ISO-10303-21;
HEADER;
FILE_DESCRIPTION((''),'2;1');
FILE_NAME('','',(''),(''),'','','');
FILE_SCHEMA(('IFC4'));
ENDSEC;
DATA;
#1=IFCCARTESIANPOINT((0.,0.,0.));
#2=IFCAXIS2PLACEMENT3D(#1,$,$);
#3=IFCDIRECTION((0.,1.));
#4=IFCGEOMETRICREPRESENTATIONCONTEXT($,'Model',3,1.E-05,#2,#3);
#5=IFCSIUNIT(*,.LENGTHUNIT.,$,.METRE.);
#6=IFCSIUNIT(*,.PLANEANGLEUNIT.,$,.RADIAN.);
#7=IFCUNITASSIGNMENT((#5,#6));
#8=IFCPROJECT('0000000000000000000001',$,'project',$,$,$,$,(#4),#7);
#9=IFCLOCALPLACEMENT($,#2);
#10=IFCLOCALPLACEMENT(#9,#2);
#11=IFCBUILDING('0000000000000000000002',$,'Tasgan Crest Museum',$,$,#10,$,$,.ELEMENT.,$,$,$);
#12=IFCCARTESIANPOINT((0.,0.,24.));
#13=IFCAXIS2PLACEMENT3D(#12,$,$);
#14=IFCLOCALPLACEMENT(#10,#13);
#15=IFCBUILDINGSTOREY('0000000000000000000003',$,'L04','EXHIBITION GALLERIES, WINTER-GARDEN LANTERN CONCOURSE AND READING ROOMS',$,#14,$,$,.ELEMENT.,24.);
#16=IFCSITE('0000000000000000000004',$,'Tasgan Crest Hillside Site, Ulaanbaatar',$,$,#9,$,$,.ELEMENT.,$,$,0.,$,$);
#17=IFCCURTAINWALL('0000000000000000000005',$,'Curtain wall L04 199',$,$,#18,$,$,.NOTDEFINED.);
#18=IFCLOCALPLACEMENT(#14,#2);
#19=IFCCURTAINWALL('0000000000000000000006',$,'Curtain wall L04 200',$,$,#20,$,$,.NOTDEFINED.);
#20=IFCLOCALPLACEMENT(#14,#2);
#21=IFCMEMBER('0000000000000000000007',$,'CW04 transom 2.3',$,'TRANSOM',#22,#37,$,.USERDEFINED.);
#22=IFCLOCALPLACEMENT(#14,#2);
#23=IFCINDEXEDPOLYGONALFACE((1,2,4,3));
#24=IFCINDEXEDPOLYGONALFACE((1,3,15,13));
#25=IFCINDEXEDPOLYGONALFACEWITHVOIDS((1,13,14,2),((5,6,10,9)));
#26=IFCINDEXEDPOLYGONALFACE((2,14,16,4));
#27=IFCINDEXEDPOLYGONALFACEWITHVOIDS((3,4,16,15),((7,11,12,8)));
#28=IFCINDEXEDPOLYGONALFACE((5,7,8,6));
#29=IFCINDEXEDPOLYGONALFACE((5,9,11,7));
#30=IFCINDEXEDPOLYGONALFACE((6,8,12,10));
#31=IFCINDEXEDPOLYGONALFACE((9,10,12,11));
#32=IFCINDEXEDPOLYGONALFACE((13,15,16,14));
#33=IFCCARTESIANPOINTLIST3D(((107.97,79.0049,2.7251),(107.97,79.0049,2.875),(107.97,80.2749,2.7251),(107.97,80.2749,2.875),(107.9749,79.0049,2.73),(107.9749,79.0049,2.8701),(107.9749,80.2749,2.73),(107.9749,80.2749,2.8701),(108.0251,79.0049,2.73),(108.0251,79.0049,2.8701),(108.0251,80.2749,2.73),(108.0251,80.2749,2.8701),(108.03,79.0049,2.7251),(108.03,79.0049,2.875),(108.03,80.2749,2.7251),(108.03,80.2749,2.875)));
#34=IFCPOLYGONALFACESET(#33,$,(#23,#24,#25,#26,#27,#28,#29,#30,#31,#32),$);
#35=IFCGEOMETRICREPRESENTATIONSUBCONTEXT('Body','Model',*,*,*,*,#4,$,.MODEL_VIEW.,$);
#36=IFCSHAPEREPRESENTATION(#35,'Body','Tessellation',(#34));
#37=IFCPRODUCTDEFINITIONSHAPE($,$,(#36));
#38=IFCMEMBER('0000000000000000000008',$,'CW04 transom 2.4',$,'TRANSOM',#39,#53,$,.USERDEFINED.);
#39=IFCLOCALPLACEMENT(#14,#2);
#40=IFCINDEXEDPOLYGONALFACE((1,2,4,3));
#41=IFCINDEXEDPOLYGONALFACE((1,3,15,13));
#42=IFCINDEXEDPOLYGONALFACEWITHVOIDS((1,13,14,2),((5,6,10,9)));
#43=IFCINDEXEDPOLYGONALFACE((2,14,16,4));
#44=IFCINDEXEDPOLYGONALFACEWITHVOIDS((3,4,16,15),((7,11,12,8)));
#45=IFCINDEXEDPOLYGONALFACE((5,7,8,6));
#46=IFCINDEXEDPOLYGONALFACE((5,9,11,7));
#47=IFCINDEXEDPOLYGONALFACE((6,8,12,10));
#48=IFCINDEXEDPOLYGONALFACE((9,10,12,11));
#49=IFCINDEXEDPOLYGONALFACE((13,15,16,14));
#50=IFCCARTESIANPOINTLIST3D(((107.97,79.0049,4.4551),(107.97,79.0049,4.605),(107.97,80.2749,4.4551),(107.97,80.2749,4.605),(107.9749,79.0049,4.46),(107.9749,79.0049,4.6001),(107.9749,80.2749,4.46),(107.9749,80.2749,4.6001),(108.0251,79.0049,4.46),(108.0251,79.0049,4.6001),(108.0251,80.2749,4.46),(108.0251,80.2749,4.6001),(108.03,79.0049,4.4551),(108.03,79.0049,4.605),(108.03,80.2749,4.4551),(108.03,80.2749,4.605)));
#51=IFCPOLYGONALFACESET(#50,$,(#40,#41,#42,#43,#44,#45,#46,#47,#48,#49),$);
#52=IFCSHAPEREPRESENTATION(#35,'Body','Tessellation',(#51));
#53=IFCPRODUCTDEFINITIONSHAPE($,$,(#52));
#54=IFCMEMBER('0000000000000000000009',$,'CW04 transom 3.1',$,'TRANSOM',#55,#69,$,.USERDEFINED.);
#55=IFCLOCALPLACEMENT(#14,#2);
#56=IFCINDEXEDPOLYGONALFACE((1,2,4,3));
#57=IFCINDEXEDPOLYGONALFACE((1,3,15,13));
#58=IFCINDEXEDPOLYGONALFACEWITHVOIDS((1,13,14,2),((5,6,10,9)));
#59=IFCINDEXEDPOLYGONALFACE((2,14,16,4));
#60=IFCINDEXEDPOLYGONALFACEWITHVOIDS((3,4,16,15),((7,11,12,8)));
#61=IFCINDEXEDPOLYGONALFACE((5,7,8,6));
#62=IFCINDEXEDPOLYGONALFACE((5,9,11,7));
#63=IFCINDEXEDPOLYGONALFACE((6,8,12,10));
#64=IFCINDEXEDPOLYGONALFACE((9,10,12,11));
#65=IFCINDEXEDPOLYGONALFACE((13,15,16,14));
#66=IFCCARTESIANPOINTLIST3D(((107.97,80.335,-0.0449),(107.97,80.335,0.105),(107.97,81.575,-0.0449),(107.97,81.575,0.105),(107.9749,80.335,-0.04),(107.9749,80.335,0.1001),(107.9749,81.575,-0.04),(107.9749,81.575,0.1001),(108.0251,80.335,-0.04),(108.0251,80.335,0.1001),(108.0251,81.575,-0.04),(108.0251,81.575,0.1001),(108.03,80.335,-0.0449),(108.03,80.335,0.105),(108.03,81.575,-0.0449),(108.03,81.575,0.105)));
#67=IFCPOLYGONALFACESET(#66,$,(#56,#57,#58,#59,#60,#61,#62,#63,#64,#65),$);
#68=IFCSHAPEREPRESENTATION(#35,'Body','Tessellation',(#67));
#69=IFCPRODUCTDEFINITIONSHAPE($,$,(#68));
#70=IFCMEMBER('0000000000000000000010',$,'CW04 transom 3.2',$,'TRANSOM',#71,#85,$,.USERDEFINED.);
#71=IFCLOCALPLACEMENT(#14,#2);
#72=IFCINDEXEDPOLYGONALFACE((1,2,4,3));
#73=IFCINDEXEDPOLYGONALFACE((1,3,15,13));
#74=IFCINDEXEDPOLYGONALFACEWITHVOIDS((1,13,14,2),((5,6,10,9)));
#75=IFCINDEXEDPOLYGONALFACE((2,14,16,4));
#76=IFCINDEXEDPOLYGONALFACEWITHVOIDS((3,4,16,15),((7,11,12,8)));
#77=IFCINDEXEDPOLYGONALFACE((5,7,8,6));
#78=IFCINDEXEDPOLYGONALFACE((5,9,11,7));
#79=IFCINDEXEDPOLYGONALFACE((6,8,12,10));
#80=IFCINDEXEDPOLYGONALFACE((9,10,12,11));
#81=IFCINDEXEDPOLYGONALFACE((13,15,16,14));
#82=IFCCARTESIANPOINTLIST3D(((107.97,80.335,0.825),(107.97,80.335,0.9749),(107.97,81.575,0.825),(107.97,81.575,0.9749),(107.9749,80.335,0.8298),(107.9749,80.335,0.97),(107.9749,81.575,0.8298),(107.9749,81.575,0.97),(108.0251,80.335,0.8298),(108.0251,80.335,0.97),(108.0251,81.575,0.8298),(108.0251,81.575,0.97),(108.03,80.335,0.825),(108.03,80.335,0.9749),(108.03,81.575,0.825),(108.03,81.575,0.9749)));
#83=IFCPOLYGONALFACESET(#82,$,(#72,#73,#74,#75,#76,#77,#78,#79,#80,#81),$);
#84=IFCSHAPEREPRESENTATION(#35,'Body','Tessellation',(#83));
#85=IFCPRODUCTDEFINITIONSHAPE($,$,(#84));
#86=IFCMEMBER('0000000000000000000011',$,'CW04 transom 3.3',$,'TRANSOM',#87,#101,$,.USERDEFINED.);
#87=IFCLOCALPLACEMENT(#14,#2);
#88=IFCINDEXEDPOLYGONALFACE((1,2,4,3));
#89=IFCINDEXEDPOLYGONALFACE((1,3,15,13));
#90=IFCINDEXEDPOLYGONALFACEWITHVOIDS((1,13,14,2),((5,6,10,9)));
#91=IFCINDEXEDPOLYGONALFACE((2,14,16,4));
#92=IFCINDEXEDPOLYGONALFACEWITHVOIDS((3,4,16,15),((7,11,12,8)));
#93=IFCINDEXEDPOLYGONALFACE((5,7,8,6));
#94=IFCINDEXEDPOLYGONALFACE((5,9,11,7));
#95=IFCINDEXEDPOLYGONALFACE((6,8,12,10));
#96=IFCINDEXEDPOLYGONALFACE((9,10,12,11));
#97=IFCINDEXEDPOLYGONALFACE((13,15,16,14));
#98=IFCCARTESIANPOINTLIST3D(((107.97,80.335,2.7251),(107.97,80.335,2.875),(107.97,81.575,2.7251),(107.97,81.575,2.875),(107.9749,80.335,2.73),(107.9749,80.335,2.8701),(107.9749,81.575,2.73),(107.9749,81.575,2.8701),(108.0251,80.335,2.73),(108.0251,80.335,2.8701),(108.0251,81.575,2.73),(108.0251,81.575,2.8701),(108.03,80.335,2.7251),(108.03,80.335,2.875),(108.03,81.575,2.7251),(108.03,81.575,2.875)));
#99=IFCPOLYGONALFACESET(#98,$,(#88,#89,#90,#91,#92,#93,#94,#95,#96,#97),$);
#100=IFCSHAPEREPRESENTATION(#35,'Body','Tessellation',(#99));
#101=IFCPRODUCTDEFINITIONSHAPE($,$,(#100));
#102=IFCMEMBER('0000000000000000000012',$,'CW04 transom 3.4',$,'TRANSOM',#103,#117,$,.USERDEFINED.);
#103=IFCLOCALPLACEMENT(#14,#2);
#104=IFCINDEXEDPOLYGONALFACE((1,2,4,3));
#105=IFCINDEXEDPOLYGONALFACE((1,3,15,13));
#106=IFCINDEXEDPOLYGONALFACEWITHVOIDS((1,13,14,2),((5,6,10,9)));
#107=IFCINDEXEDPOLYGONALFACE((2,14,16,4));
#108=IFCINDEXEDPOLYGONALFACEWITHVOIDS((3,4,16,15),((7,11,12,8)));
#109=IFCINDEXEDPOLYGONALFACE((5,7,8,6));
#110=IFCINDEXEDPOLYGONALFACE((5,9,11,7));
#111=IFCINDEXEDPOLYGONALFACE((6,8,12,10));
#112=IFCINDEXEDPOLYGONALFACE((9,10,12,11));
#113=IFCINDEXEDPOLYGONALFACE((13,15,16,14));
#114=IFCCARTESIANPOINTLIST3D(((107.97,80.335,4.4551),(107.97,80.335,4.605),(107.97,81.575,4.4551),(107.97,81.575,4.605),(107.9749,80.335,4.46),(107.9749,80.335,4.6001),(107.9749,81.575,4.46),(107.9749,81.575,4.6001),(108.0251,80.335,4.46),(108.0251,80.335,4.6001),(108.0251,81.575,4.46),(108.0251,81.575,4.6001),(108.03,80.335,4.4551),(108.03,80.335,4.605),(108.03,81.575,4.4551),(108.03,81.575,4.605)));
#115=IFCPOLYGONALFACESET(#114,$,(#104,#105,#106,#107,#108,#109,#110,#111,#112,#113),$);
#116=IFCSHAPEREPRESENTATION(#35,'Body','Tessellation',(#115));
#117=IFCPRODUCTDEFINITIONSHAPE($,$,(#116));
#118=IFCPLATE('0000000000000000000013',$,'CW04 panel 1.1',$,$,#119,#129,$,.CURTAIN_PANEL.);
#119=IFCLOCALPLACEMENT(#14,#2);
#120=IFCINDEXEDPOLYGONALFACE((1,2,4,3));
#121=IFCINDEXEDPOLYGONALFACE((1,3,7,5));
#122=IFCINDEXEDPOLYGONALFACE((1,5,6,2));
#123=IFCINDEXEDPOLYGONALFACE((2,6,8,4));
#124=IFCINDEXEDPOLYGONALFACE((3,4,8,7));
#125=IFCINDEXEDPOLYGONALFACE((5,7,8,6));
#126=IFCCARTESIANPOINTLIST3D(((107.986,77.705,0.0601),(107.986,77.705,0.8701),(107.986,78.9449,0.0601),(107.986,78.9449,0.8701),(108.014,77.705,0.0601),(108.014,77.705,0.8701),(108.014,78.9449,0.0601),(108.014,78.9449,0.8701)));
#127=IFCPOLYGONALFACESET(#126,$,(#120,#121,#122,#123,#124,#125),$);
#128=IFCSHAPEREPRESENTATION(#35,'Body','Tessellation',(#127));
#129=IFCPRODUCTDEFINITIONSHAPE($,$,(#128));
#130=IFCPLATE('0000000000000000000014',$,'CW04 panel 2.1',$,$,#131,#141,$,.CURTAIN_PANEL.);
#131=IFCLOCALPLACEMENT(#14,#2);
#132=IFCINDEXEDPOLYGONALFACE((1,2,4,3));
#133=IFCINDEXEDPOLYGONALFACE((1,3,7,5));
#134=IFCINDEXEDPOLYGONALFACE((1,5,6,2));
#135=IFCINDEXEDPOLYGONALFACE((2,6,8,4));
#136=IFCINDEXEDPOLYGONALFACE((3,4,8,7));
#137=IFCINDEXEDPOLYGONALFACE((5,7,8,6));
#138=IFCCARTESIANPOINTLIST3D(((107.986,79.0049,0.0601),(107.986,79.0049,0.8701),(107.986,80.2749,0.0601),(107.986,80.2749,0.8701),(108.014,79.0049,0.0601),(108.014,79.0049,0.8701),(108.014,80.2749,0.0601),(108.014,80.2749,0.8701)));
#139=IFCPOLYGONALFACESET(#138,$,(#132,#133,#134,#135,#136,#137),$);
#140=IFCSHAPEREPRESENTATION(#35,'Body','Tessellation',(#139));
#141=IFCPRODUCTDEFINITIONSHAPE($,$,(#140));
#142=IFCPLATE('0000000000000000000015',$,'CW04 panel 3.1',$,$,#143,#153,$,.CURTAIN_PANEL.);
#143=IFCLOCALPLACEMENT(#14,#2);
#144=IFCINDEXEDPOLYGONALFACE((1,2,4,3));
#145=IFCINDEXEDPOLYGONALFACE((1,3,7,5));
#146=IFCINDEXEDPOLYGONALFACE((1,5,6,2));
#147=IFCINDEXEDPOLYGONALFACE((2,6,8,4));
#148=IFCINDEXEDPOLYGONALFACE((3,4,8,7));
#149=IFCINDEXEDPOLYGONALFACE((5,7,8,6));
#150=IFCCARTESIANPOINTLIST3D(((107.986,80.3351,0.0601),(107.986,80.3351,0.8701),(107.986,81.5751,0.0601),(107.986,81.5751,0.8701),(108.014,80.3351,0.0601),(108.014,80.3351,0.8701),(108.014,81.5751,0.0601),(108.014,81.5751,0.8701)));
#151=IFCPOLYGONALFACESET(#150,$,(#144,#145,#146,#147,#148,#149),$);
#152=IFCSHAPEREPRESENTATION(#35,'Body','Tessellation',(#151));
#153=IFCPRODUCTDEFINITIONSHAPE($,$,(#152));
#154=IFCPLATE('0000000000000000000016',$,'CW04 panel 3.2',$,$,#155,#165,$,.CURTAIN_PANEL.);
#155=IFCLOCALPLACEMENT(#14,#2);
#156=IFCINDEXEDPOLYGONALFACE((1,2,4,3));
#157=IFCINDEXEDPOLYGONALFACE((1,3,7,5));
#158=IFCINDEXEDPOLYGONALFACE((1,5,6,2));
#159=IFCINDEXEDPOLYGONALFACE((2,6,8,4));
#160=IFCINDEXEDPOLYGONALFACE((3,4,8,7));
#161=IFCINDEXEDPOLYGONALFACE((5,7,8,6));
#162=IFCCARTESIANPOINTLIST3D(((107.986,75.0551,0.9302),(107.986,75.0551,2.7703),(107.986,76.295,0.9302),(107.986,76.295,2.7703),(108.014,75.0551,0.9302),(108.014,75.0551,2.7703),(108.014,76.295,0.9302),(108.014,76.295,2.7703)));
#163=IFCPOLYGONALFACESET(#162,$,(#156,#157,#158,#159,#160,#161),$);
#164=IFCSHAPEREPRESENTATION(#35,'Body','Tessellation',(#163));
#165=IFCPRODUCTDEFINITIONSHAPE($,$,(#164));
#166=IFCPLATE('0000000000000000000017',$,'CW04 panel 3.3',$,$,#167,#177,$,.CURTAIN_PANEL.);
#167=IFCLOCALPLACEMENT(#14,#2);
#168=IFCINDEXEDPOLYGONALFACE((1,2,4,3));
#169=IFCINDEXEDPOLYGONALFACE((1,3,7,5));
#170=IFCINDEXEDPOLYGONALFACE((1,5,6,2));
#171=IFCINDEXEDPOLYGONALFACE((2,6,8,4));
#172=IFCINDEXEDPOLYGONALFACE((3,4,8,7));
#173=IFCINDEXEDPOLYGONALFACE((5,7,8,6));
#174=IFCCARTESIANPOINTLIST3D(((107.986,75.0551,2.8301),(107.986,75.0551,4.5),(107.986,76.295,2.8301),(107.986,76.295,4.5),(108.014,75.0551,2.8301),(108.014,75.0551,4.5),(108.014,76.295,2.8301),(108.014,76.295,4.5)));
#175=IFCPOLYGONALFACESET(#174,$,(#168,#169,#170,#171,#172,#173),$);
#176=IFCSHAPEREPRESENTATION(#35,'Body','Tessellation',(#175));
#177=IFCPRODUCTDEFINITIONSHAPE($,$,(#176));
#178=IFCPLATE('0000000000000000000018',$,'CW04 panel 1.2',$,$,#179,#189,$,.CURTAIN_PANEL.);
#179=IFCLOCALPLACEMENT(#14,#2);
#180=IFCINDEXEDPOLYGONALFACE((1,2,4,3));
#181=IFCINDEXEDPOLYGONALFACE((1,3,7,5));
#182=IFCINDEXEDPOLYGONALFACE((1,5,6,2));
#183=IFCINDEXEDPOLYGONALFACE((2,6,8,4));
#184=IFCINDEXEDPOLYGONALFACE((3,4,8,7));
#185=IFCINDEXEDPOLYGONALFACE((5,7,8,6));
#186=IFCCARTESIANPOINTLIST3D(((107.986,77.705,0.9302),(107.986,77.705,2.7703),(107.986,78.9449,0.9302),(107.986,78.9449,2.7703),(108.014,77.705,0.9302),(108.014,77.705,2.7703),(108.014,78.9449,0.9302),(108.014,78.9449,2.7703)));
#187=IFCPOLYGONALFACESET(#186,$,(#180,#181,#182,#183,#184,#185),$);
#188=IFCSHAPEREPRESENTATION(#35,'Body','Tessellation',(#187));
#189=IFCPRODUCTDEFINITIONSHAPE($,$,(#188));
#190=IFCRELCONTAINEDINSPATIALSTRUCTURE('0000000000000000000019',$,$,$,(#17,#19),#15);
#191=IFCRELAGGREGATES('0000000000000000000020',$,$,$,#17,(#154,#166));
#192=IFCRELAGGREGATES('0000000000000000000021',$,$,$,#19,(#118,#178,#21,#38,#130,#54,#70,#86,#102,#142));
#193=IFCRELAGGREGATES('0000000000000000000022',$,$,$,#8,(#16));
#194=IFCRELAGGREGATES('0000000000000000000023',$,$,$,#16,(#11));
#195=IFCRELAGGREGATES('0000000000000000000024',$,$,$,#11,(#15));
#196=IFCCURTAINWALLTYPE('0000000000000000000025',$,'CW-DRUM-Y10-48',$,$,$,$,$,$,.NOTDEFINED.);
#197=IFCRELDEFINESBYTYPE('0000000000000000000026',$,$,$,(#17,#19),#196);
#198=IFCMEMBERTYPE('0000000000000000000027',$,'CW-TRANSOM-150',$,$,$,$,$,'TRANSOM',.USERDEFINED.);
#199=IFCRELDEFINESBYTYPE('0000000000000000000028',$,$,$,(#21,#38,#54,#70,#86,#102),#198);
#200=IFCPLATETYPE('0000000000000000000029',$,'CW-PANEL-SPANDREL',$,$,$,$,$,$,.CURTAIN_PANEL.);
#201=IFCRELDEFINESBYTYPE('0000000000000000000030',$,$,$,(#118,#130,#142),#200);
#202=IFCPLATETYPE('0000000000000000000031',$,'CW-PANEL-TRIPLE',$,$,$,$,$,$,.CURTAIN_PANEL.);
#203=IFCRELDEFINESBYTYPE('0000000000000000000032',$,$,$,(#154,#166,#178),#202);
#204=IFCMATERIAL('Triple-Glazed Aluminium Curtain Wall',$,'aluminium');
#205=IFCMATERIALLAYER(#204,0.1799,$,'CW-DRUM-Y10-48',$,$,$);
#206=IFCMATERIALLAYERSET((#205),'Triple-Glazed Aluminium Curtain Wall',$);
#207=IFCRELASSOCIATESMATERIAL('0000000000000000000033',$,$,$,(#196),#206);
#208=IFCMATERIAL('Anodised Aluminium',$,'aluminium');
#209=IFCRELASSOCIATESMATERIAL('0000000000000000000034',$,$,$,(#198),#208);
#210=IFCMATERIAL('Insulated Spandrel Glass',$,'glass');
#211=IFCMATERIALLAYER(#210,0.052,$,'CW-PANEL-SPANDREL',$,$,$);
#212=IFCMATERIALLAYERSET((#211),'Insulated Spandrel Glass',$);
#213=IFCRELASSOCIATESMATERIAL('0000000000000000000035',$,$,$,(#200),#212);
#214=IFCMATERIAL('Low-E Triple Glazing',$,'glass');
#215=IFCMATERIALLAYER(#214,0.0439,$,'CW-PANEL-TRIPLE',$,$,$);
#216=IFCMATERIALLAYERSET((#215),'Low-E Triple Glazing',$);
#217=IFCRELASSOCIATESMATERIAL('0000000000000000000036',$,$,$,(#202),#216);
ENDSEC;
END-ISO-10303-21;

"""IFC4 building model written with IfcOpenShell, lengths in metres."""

from ifc_helpers import new_model, si_unit, direction, frame, origin, origin_2d, place, context, subcontext, project, spatial, rectangle, hollow_rectangle, extrude, material, layer, layer_set, material_profile, profile_set, type_object, element, aggregate, save


model = new_model("IFC4")

# Units and contexts
model_context = context("Model", 3, precision=1e-05, world=origin(), true_north=direction((0.0, 1.0)))
body_context = subcontext(model_context, "Body", "Model", "MODEL_VIEW")
ifc_project = project(units=[si_unit("LENGTHUNIT", "METRE"), si_unit("PLANEANGLEUNIT", "RADIAN")], contexts=[model_context])

# Site, building, storey
site_placement = place(None, origin())
site = spatial("IfcSite", under=ifc_project, at=site_placement, Name="Tasgan Crest Hillside Site, Ulaanbaatar", CompositionType="ELEMENT", RefElevation=0.0)
building_placement = place(site_placement, origin())
building = spatial("IfcBuilding", under=site, at=building_placement, Name="Tasgan Crest Museum", CompositionType="ELEMENT")
storey_placement = place(building_placement, frame((0.0, 0.0, 24.0)))
storey = spatial("IfcBuildingStorey", under=building, at=storey_placement, Name="L04", Description="EXHIBITION GALLERIES, WINTER-GARDEN LANTERN CONCOURSE AND READING ROOMS", CompositionType="ELEMENT", Elevation=24.0)

# Curtain wall
ifc_material_1 = material(Name="Triple-Glazed Aluminium Curtain Wall", Category="aluminium")
ifc_layer_1 = layer(ifc_material_1, 0.1799, Name="CW-DRUM-Y10-48")
ifc_layer_set_1 = layer_set([ifc_layer_1], Name="Triple-Glazed Aluminium Curtain Wall")
curtain_wall_type = type_object("IfcCurtainWallType", Name="CW-DRUM-Y10-48", PredefinedType="NOTDEFINED", material=ifc_layer_set_1)
curtain_wall_1_placement = place(storey_placement, origin())
curtain_wall_1 = element("IfcCurtainWall", 1, at=curtain_wall_1_placement, inside=storey, type_object=curtain_wall_type, Name="Curtain wall L04 199", PredefinedType="NOTDEFINED")

# Curtain wall, members, plates
curtain_wall_2_placement = place(storey_placement, origin())
curtain_wall_2 = element("IfcCurtainWall", 2, at=curtain_wall_2_placement, inside=storey, type_object=curtain_wall_type, Name="Curtain wall L04 200", PredefinedType="NOTDEFINED")
ifc_material_2 = material(Name="Anodised Aluminium", Category="aluminium")
ifc_material_profile_1 = material_profile(ifc_material_2, hollow_rectangle(XDim=0.0601, YDim=0.1499, WallThickness=0.0049, at=origin_2d()), Name="ALU TRANSOM 150x60x5")
ifc_profile_set_1 = profile_set([ifc_material_profile_1], Name="Anodised Aluminium")
member_type_1 = type_object("IfcMemberType", Name="CW-TRANSOM-150", ElementType="TRANSOM", PredefinedType="USERDEFINED", material=ifc_profile_set_1)
member_1_placement = place(storey_placement, frame((108.0, 79.0049, 2.8), z_axis=(0.0, 1.0, 0.0), x_axis=(-1.0, 0.0, 0.0)))
member_1 = element("IfcMember", 3, at=member_1_placement, type_object=member_type_1, Name="CW04 transom 2.3", ObjectType="TRANSOM", PredefinedType="USERDEFINED", context=body_context, shape_type="SweptSolid", body=[
    extrude(hollow_rectangle(XDim=0.0601, YDim=0.1499, WallThickness=0.0049, at=origin_2d()), origin(), (0.0, 0.0, 1.0), 1.27),
])
member_2_placement = place(storey_placement, frame((108.0, 79.0049, 4.53), z_axis=(0.0, 1.0, 0.0), x_axis=(-1.0, 0.0, 0.0)))
member_2 = element("IfcMember", 4, at=member_2_placement, type_object=member_type_1, Name="CW04 transom 2.4", ObjectType="TRANSOM", PredefinedType="USERDEFINED", context=body_context, shape_type="SweptSolid", body=[
    extrude(hollow_rectangle(XDim=0.0601, YDim=0.1499, WallThickness=0.0049, at=origin_2d()), origin(), (0.0, 0.0, 1.0), 1.27),
])
member_3_placement = place(storey_placement, frame((108.0, 80.335, 0.03), z_axis=(0.0, 1.0, 0.0), x_axis=(-1.0, 0.0, 0.0)))
member_3 = element("IfcMember", 5, at=member_3_placement, type_object=member_type_1, Name="CW04 transom 3.1", ObjectType="TRANSOM", PredefinedType="USERDEFINED", context=body_context, shape_type="SweptSolid", body=[
    extrude(hollow_rectangle(XDim=0.0601, YDim=0.1499, WallThickness=0.0049, at=origin_2d()), origin(), (0.0, 0.0, 1.0), 1.24),
])
member_4_placement = place(storey_placement, frame((108.0, 80.335, 0.8999), z_axis=(0.0, 1.0, 0.0), x_axis=(-1.0, 0.0, 0.0)))
member_4 = element("IfcMember", 6, at=member_4_placement, type_object=member_type_1, Name="CW04 transom 3.2", ObjectType="TRANSOM", PredefinedType="USERDEFINED", context=body_context, shape_type="SweptSolid", body=[
    extrude(hollow_rectangle(XDim=0.0601, YDim=0.1499, WallThickness=0.0049, at=origin_2d()), origin(), (0.0, 0.0, 1.0), 1.24),
])
member_5_placement = place(storey_placement, frame((108.0, 80.335, 2.8), z_axis=(0.0, 1.0, 0.0), x_axis=(-1.0, 0.0, 0.0)))
member_5 = element("IfcMember", 7, at=member_5_placement, type_object=member_type_1, Name="CW04 transom 3.3", ObjectType="TRANSOM", PredefinedType="USERDEFINED", context=body_context, shape_type="SweptSolid", body=[
    extrude(hollow_rectangle(XDim=0.0601, YDim=0.1499, WallThickness=0.0049, at=origin_2d()), origin(), (0.0, 0.0, 1.0), 1.24),
])
member_6_placement = place(storey_placement, frame((108.0, 80.335, 4.53), z_axis=(0.0, 1.0, 0.0), x_axis=(-1.0, 0.0, 0.0)))
member_6 = element("IfcMember", 8, at=member_6_placement, type_object=member_type_1, Name="CW04 transom 3.4", ObjectType="TRANSOM", PredefinedType="USERDEFINED", context=body_context, shape_type="SweptSolid", body=[
    extrude(hollow_rectangle(XDim=0.0601, YDim=0.1499, WallThickness=0.0049, at=origin_2d()), origin(), (0.0, 0.0, 1.0), 1.24),
])
ifc_material_3 = material(Name="Insulated Spandrel Glass", Category="glass")
ifc_layer_2 = layer(ifc_material_3, 0.052, Name="CW-PANEL-SPANDREL")
ifc_layer_set_2 = layer_set([ifc_layer_2], Name="Insulated Spandrel Glass")
plate_type_1 = type_object("IfcPlateType", Name="CW-PANEL-SPANDREL", PredefinedType="CURTAIN_PANEL", material=ifc_layer_set_2)
plate_1_placement = place(storey_placement, frame((108.0, 78.325, 0.0601), z_axis=(0.0, 0.0, 1.0), x_axis=(0.0, 1.0, 0.0)))
plate_1 = element("IfcPlate", 9, at=plate_1_placement, type_object=plate_type_1, Name="CW04 panel 1.1", PredefinedType="CURTAIN_PANEL", context=body_context, shape_type="SweptSolid", body=[
    extrude(rectangle(XDim=1.24, YDim=0.0281, at=origin_2d()), origin(), (0.0, 0.0, 1.0), 0.8101),
])
plate_2_placement = place(storey_placement, frame((108.0, 79.6399, 0.0601), z_axis=(0.0, 0.0, 1.0), x_axis=(0.0, 1.0, 0.0)))
plate_2 = element("IfcPlate", 10, at=plate_2_placement, type_object=plate_type_1, Name="CW04 panel 2.1", PredefinedType="CURTAIN_PANEL", context=body_context, shape_type="SweptSolid", body=[
    extrude(rectangle(XDim=1.27, YDim=0.0281, at=origin_2d()), origin(), (0.0, 0.0, 1.0), 0.8101),
])
plate_3_placement = place(storey_placement, frame((108.0, 80.9551, 0.0601), z_axis=(0.0, 0.0, 1.0), x_axis=(0.0, 1.0, 0.0)))
plate_3 = element("IfcPlate", 11, at=plate_3_placement, type_object=plate_type_1, Name="CW04 panel 3.1", PredefinedType="CURTAIN_PANEL", context=body_context, shape_type="SweptSolid", body=[
    extrude(rectangle(XDim=1.24, YDim=0.0281, at=origin_2d()), origin(), (0.0, 0.0, 1.0), 0.8101),
])

# Plates
ifc_material_4 = material(Name="Low-E Triple Glazing", Category="glass")
ifc_layer_3 = layer(ifc_material_4, 0.0439, Name="CW-PANEL-TRIPLE")
ifc_layer_set_3 = layer_set([ifc_layer_3], Name="Low-E Triple Glazing")
plate_type_2 = type_object("IfcPlateType", Name="CW-PANEL-TRIPLE", PredefinedType="CURTAIN_PANEL", material=ifc_layer_set_3)
plate_4_placement = place(storey_placement, frame((108.0, 75.675, 0.9302), z_axis=(0.0, 0.0, 1.0), x_axis=(0.0, 1.0, 0.0)))
plate_4 = element("IfcPlate", 12, at=plate_4_placement, type_object=plate_type_2, Name="CW04 panel 3.2", PredefinedType="CURTAIN_PANEL", context=body_context, shape_type="SweptSolid", body=[
    extrude(rectangle(XDim=1.24, YDim=0.0281, at=origin_2d()), origin(), (0.0, 0.0, 1.0), 1.8401),
])
plate_5_placement = place(storey_placement, frame((108.0, 75.675, 2.8301), z_axis=(0.0, 0.0, 1.0), x_axis=(0.0, 1.0, 0.0)))
plate_5 = element("IfcPlate", 13, at=plate_5_placement, type_object=plate_type_2, Name="CW04 panel 3.3", PredefinedType="CURTAIN_PANEL", context=body_context, shape_type="SweptSolid", body=[
    extrude(rectangle(XDim=1.24, YDim=0.0281, at=origin_2d()), origin(), (0.0, 0.0, 1.0), 1.6699),
])
aggregate(curtain_wall_1, [plate_4, plate_5])
plate_6_placement = place(storey_placement, frame((108.0, 78.325, 0.9302), z_axis=(0.0, 0.0, 1.0), x_axis=(0.0, 1.0, 0.0)))
plate_6 = element("IfcPlate", 14, at=plate_6_placement, type_object=plate_type_2, Name="CW04 panel 1.2", PredefinedType="CURTAIN_PANEL", context=body_context, shape_type="SweptSolid", body=[
    extrude(rectangle(XDim=1.24, YDim=0.0281, at=origin_2d()), origin(), (0.0, 0.0, 1.0), 1.8401),
])
aggregate(curtain_wall_2, [plate_1, plate_6, member_1, member_2, plate_2, member_3, member_4, member_5, member_6, plate_3])

save(model, "model.ifc")
